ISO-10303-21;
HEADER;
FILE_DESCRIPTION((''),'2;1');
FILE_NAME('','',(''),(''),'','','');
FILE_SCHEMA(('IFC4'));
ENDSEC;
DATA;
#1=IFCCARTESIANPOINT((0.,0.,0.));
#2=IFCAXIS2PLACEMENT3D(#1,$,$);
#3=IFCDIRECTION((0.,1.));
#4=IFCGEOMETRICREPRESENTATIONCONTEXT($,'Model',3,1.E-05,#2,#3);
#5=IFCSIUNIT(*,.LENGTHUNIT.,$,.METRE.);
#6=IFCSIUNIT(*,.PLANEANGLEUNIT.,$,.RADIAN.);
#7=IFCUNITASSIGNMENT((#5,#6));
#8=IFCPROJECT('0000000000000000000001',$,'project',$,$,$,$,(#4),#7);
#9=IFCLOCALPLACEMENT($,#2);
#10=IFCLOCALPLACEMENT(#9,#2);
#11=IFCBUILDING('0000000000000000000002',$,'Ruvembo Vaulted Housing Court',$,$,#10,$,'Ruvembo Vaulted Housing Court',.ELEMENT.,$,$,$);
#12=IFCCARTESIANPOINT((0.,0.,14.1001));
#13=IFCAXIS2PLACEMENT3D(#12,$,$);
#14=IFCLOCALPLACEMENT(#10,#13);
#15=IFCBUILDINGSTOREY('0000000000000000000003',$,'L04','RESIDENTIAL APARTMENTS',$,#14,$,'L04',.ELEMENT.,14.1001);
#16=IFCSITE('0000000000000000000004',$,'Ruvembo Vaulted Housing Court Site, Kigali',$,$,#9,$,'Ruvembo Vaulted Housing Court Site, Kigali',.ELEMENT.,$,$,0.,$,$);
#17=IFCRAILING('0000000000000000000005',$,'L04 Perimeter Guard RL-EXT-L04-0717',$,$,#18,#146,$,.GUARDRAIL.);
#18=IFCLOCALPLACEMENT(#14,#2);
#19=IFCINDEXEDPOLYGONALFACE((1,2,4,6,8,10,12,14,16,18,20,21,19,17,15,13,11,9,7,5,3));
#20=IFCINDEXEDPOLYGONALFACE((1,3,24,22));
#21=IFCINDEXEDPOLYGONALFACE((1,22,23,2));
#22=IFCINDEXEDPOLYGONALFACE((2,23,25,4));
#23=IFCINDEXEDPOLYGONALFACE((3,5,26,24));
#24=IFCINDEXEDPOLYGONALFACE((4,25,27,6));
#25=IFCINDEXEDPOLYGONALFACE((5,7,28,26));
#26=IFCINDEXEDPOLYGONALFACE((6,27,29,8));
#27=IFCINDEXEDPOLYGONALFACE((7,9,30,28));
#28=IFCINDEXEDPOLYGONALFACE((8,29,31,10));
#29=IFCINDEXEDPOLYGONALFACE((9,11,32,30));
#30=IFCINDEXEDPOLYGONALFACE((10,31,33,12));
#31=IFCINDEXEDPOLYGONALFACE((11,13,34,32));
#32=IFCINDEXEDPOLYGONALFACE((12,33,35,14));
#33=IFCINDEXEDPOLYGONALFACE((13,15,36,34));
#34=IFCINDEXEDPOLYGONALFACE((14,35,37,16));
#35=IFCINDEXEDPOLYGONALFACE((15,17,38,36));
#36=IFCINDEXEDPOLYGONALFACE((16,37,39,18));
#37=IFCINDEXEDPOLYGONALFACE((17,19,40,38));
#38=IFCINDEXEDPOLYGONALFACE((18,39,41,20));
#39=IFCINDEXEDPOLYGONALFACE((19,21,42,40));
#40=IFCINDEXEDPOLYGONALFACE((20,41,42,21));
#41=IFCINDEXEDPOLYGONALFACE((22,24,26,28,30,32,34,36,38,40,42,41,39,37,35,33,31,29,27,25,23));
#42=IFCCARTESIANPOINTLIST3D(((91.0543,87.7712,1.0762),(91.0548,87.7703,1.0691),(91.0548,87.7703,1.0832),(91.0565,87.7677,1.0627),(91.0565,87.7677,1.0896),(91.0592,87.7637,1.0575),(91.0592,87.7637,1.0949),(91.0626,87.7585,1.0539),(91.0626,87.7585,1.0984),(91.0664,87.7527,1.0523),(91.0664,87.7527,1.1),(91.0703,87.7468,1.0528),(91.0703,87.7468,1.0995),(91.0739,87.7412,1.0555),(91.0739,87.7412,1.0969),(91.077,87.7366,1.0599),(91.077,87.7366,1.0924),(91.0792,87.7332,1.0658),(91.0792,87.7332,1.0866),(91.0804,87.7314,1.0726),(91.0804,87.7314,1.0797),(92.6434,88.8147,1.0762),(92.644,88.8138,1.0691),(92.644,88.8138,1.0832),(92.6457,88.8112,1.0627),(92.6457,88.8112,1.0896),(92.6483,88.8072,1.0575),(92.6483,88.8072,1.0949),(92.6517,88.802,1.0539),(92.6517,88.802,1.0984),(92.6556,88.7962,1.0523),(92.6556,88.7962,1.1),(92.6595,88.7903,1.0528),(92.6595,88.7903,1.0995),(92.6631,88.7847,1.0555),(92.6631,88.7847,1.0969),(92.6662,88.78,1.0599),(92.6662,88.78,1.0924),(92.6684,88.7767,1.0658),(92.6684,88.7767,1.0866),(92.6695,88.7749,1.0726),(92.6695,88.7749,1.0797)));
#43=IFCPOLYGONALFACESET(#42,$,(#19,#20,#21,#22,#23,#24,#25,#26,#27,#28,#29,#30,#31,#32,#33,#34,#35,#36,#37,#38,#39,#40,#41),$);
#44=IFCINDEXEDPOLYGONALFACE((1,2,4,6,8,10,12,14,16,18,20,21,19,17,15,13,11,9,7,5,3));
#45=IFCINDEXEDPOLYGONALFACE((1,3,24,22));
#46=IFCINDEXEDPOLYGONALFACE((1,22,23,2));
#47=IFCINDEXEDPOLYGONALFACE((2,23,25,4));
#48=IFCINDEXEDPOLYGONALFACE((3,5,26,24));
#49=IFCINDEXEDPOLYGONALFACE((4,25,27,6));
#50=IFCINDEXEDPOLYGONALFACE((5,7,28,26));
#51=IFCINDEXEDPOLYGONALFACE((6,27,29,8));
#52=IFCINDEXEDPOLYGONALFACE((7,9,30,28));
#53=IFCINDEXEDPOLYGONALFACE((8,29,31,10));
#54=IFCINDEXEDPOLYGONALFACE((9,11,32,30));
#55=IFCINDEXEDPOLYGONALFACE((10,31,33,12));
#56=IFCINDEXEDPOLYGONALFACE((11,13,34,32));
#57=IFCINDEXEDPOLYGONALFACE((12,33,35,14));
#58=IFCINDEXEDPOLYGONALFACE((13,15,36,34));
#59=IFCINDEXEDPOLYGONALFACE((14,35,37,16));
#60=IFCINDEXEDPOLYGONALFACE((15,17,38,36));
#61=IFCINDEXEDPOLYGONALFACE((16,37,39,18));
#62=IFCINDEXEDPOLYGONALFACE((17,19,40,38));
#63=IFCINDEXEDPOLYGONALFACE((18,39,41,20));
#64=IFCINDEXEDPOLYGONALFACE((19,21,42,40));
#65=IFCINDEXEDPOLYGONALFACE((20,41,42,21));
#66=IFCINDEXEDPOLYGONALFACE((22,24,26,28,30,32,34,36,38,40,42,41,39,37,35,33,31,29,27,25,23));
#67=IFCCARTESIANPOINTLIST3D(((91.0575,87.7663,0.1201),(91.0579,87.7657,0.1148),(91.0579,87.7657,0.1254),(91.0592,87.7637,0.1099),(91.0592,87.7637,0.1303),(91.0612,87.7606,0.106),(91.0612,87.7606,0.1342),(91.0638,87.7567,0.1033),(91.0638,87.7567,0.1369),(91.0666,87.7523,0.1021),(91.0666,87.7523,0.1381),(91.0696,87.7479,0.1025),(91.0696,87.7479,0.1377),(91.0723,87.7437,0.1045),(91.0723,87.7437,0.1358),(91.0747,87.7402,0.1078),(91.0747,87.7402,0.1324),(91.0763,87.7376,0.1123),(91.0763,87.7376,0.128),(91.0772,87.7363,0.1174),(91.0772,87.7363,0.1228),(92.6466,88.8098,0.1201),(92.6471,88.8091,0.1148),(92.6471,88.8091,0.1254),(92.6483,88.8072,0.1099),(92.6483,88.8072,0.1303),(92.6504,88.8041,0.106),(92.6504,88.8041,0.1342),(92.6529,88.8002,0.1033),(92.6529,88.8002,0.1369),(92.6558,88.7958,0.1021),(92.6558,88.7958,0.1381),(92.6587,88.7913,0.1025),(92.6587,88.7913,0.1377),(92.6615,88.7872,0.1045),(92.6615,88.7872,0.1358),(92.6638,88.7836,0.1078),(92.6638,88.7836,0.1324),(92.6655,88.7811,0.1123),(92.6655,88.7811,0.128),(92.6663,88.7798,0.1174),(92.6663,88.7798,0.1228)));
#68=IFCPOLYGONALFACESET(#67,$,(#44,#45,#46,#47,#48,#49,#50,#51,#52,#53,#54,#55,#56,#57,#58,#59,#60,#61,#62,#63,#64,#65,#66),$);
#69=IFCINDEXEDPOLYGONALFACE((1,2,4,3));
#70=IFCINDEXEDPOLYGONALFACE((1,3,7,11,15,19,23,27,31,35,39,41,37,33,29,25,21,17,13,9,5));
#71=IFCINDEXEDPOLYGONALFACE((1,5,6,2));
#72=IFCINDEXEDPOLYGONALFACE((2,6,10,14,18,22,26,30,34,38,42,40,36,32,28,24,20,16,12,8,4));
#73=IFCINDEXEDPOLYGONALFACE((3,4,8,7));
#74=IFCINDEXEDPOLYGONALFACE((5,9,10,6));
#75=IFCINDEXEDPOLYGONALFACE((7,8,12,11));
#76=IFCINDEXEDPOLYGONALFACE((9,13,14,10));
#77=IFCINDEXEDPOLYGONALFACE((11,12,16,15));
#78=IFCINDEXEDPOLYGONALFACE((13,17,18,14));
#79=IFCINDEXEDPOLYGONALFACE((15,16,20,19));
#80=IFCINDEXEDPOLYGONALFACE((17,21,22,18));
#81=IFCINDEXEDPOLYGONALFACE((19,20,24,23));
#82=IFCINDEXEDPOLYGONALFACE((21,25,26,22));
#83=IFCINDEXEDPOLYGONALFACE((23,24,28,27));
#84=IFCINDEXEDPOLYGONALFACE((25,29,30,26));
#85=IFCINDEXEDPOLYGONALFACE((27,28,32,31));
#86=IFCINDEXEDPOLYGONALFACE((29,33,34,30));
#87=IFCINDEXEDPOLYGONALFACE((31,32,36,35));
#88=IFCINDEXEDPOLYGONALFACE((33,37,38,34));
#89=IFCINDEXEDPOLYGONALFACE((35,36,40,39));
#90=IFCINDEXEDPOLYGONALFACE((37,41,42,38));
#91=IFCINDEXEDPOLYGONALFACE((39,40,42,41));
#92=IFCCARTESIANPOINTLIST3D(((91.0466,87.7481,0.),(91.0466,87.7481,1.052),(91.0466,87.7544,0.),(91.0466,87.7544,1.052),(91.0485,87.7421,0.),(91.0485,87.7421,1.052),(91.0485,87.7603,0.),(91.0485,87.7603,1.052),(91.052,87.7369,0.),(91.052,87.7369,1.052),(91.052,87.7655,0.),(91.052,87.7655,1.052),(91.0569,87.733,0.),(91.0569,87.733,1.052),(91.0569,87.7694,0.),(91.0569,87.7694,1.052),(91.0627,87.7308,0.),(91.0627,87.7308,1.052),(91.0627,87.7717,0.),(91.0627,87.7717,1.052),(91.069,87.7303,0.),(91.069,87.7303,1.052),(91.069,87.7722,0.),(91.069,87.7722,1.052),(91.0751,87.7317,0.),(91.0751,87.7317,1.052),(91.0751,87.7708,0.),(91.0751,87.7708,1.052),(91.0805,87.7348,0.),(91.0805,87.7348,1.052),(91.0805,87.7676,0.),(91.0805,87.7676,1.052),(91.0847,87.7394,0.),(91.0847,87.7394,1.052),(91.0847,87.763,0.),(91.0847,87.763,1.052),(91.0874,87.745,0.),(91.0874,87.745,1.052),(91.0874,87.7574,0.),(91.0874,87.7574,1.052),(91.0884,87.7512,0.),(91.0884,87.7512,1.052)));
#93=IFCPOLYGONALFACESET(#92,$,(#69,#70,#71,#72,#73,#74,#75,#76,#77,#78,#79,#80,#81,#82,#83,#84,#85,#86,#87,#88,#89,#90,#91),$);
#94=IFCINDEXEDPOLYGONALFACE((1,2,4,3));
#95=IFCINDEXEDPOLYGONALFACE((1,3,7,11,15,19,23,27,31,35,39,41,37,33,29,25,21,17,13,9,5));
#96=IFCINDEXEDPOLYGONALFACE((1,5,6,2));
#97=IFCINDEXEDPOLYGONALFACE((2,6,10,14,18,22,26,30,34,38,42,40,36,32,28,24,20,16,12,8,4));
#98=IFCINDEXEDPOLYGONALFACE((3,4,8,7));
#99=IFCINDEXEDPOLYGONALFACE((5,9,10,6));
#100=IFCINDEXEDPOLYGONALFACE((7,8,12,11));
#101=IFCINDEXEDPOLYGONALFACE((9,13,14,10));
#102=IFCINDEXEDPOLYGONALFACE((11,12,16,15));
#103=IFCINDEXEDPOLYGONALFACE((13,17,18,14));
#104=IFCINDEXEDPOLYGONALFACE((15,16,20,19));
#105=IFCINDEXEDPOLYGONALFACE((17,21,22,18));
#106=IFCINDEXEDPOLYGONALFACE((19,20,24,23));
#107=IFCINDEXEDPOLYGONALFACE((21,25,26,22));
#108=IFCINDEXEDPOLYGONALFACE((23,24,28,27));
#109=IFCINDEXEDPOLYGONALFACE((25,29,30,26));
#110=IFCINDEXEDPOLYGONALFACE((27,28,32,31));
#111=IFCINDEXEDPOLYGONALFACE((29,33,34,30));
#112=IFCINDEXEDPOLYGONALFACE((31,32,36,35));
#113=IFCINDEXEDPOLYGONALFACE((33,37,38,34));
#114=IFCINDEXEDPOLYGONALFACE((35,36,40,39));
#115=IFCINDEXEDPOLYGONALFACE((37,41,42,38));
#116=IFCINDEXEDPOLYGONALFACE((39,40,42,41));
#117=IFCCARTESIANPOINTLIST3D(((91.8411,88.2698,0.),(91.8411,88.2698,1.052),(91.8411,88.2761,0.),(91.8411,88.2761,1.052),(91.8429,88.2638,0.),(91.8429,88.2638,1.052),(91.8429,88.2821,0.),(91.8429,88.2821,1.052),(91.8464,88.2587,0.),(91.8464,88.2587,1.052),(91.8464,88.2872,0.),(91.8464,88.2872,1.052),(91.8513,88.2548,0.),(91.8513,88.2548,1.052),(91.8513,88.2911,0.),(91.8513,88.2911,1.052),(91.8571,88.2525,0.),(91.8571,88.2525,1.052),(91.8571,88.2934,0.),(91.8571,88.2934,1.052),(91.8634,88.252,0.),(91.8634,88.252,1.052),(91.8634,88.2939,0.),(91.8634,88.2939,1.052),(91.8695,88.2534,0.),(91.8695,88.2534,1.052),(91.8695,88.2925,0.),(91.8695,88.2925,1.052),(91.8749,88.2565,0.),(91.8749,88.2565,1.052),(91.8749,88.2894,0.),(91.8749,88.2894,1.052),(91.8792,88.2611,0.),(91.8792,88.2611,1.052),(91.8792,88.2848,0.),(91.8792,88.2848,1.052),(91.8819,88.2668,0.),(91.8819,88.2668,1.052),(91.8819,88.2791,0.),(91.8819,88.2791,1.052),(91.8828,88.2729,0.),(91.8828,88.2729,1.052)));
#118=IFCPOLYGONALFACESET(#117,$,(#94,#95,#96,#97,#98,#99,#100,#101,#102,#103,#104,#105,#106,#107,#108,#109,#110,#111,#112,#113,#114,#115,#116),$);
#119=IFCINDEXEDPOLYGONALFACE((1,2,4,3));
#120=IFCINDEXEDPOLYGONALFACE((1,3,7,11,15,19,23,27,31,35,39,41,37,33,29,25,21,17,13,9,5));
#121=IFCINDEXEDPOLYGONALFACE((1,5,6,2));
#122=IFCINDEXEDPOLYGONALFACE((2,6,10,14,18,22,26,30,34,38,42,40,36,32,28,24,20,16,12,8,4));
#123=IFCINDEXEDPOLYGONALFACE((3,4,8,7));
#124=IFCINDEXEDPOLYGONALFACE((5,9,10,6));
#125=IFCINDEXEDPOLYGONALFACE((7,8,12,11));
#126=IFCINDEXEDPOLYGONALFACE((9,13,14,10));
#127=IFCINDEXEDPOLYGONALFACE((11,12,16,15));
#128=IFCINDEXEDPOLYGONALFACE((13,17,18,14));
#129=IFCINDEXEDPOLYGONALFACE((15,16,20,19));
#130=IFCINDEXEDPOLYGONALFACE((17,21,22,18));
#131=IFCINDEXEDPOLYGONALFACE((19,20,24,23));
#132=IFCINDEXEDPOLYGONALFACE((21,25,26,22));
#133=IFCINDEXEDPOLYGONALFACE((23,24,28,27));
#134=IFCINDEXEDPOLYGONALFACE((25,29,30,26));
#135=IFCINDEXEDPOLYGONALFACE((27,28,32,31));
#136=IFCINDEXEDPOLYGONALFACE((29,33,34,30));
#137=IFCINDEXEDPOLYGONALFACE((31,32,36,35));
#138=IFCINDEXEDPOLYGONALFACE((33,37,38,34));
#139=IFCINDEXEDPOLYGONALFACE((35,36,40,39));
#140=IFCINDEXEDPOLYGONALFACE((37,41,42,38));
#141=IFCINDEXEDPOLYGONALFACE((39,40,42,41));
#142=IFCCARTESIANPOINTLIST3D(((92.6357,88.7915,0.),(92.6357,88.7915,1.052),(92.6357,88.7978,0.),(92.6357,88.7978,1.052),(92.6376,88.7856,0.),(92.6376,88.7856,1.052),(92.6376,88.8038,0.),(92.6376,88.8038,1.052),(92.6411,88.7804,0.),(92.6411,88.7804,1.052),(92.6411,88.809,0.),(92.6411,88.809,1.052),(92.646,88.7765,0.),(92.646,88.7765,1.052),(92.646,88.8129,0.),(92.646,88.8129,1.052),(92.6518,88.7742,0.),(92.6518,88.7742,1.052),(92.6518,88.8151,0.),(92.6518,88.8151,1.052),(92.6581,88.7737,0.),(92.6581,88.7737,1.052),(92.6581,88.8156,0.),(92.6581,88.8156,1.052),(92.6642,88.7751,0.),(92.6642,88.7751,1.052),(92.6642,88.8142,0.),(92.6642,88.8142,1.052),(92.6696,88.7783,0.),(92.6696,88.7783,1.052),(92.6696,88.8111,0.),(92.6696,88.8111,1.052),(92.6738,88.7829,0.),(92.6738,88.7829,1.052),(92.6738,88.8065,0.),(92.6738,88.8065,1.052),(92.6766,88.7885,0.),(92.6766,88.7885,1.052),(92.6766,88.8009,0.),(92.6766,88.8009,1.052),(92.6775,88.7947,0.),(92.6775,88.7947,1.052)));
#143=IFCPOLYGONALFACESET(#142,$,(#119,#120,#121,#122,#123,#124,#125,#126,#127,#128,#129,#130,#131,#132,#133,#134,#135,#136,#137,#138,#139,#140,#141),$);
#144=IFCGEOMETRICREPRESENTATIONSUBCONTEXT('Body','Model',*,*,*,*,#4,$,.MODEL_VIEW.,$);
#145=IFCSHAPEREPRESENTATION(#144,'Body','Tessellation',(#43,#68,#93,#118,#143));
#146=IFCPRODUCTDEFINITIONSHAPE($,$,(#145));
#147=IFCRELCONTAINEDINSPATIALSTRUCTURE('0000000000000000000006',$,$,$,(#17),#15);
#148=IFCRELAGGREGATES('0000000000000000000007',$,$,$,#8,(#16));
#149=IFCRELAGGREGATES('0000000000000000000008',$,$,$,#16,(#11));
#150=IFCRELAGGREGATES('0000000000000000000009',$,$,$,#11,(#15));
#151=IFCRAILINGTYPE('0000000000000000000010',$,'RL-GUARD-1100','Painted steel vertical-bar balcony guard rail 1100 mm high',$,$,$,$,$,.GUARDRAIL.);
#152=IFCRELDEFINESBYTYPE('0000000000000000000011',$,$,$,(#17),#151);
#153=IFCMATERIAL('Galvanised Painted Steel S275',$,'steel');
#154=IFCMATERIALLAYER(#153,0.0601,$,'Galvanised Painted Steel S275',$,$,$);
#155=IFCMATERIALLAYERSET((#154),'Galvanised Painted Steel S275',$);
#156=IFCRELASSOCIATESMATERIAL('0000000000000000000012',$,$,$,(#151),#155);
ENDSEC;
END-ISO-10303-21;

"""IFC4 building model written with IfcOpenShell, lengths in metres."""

from ifc_helpers import new_model, si_unit, direction, frame, origin, origin_2d, place, context, subcontext, project, spatial, circle, extrude, material, layer, layer_set, type_object, element, save


model = new_model("IFC4")

# Units and contexts
model_context = context("Model", 3, precision=1e-05, world=origin(), true_north=direction((0.0, 1.0)))
body_context = subcontext(model_context, "Body", "Model", "MODEL_VIEW")
ifc_project = project(units=[si_unit("LENGTHUNIT", "METRE"), si_unit("PLANEANGLEUNIT", "RADIAN")], contexts=[model_context])

# Site, building, storey
site_placement = place(None, origin())
site = spatial("IfcSite", under=ifc_project, at=site_placement, Name="Ruvembo Vaulted Housing Court Site, Kigali", LongName="Ruvembo Vaulted Housing Court Site, Kigali", CompositionType="ELEMENT", RefElevation=0.0)
building_placement = place(site_placement, origin())
building = spatial("IfcBuilding", under=site, at=building_placement, Name="Ruvembo Vaulted Housing Court", LongName="Ruvembo Vaulted Housing Court", CompositionType="ELEMENT")
storey_placement = place(building_placement, frame((0.0, 0.0, 14.1001)))
storey = spatial("IfcBuildingStorey", under=building, at=storey_placement, Name="L04", Description="RESIDENTIAL APARTMENTS", LongName="L04", CompositionType="ELEMENT", Elevation=14.1001)

# Railing
ifc_material_1 = material(Name="Galvanised Painted Steel S275", Category="steel")
ifc_layer_1 = layer(ifc_material_1, 0.0601, Name="Galvanised Painted Steel S275")
ifc_layer_set_1 = layer_set([ifc_layer_1], Name="Galvanised Painted Steel S275")
railing_type = type_object("IfcRailingType", Name="RL-GUARD-1100", Description="Painted steel vertical-bar balcony guard rail 1100 mm high", PredefinedType="GUARDRAIL", material=ifc_layer_set_1)
railing_1_placement = place(storey_placement, frame((91.0674, 87.7512, 0.0)))
element("IfcRailing", 1, at=railing_1_placement, inside=storey, type_object=railing_type, Name="L04 Perimeter Guard RL-EXT-L04-0717", PredefinedType="GUARDRAIL", context=body_context, shape_type="SweptSolid", body=[
    extrude(circle(Radius=0.0239, at=origin_2d()), frame((0.0, 0.0, 1.0762), z_axis=(0.835902, 0.548878, 0.0), x_axis=(-0.548878, 0.835902, 0.0)), (0.0, 0.0, 1.0), 1.9011),
    extrude(circle(Radius=0.0181, at=origin_2d()), frame((0.0, 0.0, 0.1201), z_axis=(0.835902, 0.548878, 0.0), x_axis=(-0.548878, 0.835902, 0.0)), (0.0, 0.0, 1.0), 1.9011),
    extrude(circle(Radius=0.021, at=origin_2d()), origin(), (0.0, 0.0, 1.0), 1.052),
    extrude(circle(Radius=0.021, at=origin_2d()), frame((0.7944, 0.5217, 0.0)), (0.0, 0.0, 1.0), 1.052),
    extrude(circle(Radius=0.021, at=origin_2d()), frame((1.5891, 1.0435, 0.0)), (0.0, 0.0, 1.0), 1.052),
])

save(model, "model.ifc")
